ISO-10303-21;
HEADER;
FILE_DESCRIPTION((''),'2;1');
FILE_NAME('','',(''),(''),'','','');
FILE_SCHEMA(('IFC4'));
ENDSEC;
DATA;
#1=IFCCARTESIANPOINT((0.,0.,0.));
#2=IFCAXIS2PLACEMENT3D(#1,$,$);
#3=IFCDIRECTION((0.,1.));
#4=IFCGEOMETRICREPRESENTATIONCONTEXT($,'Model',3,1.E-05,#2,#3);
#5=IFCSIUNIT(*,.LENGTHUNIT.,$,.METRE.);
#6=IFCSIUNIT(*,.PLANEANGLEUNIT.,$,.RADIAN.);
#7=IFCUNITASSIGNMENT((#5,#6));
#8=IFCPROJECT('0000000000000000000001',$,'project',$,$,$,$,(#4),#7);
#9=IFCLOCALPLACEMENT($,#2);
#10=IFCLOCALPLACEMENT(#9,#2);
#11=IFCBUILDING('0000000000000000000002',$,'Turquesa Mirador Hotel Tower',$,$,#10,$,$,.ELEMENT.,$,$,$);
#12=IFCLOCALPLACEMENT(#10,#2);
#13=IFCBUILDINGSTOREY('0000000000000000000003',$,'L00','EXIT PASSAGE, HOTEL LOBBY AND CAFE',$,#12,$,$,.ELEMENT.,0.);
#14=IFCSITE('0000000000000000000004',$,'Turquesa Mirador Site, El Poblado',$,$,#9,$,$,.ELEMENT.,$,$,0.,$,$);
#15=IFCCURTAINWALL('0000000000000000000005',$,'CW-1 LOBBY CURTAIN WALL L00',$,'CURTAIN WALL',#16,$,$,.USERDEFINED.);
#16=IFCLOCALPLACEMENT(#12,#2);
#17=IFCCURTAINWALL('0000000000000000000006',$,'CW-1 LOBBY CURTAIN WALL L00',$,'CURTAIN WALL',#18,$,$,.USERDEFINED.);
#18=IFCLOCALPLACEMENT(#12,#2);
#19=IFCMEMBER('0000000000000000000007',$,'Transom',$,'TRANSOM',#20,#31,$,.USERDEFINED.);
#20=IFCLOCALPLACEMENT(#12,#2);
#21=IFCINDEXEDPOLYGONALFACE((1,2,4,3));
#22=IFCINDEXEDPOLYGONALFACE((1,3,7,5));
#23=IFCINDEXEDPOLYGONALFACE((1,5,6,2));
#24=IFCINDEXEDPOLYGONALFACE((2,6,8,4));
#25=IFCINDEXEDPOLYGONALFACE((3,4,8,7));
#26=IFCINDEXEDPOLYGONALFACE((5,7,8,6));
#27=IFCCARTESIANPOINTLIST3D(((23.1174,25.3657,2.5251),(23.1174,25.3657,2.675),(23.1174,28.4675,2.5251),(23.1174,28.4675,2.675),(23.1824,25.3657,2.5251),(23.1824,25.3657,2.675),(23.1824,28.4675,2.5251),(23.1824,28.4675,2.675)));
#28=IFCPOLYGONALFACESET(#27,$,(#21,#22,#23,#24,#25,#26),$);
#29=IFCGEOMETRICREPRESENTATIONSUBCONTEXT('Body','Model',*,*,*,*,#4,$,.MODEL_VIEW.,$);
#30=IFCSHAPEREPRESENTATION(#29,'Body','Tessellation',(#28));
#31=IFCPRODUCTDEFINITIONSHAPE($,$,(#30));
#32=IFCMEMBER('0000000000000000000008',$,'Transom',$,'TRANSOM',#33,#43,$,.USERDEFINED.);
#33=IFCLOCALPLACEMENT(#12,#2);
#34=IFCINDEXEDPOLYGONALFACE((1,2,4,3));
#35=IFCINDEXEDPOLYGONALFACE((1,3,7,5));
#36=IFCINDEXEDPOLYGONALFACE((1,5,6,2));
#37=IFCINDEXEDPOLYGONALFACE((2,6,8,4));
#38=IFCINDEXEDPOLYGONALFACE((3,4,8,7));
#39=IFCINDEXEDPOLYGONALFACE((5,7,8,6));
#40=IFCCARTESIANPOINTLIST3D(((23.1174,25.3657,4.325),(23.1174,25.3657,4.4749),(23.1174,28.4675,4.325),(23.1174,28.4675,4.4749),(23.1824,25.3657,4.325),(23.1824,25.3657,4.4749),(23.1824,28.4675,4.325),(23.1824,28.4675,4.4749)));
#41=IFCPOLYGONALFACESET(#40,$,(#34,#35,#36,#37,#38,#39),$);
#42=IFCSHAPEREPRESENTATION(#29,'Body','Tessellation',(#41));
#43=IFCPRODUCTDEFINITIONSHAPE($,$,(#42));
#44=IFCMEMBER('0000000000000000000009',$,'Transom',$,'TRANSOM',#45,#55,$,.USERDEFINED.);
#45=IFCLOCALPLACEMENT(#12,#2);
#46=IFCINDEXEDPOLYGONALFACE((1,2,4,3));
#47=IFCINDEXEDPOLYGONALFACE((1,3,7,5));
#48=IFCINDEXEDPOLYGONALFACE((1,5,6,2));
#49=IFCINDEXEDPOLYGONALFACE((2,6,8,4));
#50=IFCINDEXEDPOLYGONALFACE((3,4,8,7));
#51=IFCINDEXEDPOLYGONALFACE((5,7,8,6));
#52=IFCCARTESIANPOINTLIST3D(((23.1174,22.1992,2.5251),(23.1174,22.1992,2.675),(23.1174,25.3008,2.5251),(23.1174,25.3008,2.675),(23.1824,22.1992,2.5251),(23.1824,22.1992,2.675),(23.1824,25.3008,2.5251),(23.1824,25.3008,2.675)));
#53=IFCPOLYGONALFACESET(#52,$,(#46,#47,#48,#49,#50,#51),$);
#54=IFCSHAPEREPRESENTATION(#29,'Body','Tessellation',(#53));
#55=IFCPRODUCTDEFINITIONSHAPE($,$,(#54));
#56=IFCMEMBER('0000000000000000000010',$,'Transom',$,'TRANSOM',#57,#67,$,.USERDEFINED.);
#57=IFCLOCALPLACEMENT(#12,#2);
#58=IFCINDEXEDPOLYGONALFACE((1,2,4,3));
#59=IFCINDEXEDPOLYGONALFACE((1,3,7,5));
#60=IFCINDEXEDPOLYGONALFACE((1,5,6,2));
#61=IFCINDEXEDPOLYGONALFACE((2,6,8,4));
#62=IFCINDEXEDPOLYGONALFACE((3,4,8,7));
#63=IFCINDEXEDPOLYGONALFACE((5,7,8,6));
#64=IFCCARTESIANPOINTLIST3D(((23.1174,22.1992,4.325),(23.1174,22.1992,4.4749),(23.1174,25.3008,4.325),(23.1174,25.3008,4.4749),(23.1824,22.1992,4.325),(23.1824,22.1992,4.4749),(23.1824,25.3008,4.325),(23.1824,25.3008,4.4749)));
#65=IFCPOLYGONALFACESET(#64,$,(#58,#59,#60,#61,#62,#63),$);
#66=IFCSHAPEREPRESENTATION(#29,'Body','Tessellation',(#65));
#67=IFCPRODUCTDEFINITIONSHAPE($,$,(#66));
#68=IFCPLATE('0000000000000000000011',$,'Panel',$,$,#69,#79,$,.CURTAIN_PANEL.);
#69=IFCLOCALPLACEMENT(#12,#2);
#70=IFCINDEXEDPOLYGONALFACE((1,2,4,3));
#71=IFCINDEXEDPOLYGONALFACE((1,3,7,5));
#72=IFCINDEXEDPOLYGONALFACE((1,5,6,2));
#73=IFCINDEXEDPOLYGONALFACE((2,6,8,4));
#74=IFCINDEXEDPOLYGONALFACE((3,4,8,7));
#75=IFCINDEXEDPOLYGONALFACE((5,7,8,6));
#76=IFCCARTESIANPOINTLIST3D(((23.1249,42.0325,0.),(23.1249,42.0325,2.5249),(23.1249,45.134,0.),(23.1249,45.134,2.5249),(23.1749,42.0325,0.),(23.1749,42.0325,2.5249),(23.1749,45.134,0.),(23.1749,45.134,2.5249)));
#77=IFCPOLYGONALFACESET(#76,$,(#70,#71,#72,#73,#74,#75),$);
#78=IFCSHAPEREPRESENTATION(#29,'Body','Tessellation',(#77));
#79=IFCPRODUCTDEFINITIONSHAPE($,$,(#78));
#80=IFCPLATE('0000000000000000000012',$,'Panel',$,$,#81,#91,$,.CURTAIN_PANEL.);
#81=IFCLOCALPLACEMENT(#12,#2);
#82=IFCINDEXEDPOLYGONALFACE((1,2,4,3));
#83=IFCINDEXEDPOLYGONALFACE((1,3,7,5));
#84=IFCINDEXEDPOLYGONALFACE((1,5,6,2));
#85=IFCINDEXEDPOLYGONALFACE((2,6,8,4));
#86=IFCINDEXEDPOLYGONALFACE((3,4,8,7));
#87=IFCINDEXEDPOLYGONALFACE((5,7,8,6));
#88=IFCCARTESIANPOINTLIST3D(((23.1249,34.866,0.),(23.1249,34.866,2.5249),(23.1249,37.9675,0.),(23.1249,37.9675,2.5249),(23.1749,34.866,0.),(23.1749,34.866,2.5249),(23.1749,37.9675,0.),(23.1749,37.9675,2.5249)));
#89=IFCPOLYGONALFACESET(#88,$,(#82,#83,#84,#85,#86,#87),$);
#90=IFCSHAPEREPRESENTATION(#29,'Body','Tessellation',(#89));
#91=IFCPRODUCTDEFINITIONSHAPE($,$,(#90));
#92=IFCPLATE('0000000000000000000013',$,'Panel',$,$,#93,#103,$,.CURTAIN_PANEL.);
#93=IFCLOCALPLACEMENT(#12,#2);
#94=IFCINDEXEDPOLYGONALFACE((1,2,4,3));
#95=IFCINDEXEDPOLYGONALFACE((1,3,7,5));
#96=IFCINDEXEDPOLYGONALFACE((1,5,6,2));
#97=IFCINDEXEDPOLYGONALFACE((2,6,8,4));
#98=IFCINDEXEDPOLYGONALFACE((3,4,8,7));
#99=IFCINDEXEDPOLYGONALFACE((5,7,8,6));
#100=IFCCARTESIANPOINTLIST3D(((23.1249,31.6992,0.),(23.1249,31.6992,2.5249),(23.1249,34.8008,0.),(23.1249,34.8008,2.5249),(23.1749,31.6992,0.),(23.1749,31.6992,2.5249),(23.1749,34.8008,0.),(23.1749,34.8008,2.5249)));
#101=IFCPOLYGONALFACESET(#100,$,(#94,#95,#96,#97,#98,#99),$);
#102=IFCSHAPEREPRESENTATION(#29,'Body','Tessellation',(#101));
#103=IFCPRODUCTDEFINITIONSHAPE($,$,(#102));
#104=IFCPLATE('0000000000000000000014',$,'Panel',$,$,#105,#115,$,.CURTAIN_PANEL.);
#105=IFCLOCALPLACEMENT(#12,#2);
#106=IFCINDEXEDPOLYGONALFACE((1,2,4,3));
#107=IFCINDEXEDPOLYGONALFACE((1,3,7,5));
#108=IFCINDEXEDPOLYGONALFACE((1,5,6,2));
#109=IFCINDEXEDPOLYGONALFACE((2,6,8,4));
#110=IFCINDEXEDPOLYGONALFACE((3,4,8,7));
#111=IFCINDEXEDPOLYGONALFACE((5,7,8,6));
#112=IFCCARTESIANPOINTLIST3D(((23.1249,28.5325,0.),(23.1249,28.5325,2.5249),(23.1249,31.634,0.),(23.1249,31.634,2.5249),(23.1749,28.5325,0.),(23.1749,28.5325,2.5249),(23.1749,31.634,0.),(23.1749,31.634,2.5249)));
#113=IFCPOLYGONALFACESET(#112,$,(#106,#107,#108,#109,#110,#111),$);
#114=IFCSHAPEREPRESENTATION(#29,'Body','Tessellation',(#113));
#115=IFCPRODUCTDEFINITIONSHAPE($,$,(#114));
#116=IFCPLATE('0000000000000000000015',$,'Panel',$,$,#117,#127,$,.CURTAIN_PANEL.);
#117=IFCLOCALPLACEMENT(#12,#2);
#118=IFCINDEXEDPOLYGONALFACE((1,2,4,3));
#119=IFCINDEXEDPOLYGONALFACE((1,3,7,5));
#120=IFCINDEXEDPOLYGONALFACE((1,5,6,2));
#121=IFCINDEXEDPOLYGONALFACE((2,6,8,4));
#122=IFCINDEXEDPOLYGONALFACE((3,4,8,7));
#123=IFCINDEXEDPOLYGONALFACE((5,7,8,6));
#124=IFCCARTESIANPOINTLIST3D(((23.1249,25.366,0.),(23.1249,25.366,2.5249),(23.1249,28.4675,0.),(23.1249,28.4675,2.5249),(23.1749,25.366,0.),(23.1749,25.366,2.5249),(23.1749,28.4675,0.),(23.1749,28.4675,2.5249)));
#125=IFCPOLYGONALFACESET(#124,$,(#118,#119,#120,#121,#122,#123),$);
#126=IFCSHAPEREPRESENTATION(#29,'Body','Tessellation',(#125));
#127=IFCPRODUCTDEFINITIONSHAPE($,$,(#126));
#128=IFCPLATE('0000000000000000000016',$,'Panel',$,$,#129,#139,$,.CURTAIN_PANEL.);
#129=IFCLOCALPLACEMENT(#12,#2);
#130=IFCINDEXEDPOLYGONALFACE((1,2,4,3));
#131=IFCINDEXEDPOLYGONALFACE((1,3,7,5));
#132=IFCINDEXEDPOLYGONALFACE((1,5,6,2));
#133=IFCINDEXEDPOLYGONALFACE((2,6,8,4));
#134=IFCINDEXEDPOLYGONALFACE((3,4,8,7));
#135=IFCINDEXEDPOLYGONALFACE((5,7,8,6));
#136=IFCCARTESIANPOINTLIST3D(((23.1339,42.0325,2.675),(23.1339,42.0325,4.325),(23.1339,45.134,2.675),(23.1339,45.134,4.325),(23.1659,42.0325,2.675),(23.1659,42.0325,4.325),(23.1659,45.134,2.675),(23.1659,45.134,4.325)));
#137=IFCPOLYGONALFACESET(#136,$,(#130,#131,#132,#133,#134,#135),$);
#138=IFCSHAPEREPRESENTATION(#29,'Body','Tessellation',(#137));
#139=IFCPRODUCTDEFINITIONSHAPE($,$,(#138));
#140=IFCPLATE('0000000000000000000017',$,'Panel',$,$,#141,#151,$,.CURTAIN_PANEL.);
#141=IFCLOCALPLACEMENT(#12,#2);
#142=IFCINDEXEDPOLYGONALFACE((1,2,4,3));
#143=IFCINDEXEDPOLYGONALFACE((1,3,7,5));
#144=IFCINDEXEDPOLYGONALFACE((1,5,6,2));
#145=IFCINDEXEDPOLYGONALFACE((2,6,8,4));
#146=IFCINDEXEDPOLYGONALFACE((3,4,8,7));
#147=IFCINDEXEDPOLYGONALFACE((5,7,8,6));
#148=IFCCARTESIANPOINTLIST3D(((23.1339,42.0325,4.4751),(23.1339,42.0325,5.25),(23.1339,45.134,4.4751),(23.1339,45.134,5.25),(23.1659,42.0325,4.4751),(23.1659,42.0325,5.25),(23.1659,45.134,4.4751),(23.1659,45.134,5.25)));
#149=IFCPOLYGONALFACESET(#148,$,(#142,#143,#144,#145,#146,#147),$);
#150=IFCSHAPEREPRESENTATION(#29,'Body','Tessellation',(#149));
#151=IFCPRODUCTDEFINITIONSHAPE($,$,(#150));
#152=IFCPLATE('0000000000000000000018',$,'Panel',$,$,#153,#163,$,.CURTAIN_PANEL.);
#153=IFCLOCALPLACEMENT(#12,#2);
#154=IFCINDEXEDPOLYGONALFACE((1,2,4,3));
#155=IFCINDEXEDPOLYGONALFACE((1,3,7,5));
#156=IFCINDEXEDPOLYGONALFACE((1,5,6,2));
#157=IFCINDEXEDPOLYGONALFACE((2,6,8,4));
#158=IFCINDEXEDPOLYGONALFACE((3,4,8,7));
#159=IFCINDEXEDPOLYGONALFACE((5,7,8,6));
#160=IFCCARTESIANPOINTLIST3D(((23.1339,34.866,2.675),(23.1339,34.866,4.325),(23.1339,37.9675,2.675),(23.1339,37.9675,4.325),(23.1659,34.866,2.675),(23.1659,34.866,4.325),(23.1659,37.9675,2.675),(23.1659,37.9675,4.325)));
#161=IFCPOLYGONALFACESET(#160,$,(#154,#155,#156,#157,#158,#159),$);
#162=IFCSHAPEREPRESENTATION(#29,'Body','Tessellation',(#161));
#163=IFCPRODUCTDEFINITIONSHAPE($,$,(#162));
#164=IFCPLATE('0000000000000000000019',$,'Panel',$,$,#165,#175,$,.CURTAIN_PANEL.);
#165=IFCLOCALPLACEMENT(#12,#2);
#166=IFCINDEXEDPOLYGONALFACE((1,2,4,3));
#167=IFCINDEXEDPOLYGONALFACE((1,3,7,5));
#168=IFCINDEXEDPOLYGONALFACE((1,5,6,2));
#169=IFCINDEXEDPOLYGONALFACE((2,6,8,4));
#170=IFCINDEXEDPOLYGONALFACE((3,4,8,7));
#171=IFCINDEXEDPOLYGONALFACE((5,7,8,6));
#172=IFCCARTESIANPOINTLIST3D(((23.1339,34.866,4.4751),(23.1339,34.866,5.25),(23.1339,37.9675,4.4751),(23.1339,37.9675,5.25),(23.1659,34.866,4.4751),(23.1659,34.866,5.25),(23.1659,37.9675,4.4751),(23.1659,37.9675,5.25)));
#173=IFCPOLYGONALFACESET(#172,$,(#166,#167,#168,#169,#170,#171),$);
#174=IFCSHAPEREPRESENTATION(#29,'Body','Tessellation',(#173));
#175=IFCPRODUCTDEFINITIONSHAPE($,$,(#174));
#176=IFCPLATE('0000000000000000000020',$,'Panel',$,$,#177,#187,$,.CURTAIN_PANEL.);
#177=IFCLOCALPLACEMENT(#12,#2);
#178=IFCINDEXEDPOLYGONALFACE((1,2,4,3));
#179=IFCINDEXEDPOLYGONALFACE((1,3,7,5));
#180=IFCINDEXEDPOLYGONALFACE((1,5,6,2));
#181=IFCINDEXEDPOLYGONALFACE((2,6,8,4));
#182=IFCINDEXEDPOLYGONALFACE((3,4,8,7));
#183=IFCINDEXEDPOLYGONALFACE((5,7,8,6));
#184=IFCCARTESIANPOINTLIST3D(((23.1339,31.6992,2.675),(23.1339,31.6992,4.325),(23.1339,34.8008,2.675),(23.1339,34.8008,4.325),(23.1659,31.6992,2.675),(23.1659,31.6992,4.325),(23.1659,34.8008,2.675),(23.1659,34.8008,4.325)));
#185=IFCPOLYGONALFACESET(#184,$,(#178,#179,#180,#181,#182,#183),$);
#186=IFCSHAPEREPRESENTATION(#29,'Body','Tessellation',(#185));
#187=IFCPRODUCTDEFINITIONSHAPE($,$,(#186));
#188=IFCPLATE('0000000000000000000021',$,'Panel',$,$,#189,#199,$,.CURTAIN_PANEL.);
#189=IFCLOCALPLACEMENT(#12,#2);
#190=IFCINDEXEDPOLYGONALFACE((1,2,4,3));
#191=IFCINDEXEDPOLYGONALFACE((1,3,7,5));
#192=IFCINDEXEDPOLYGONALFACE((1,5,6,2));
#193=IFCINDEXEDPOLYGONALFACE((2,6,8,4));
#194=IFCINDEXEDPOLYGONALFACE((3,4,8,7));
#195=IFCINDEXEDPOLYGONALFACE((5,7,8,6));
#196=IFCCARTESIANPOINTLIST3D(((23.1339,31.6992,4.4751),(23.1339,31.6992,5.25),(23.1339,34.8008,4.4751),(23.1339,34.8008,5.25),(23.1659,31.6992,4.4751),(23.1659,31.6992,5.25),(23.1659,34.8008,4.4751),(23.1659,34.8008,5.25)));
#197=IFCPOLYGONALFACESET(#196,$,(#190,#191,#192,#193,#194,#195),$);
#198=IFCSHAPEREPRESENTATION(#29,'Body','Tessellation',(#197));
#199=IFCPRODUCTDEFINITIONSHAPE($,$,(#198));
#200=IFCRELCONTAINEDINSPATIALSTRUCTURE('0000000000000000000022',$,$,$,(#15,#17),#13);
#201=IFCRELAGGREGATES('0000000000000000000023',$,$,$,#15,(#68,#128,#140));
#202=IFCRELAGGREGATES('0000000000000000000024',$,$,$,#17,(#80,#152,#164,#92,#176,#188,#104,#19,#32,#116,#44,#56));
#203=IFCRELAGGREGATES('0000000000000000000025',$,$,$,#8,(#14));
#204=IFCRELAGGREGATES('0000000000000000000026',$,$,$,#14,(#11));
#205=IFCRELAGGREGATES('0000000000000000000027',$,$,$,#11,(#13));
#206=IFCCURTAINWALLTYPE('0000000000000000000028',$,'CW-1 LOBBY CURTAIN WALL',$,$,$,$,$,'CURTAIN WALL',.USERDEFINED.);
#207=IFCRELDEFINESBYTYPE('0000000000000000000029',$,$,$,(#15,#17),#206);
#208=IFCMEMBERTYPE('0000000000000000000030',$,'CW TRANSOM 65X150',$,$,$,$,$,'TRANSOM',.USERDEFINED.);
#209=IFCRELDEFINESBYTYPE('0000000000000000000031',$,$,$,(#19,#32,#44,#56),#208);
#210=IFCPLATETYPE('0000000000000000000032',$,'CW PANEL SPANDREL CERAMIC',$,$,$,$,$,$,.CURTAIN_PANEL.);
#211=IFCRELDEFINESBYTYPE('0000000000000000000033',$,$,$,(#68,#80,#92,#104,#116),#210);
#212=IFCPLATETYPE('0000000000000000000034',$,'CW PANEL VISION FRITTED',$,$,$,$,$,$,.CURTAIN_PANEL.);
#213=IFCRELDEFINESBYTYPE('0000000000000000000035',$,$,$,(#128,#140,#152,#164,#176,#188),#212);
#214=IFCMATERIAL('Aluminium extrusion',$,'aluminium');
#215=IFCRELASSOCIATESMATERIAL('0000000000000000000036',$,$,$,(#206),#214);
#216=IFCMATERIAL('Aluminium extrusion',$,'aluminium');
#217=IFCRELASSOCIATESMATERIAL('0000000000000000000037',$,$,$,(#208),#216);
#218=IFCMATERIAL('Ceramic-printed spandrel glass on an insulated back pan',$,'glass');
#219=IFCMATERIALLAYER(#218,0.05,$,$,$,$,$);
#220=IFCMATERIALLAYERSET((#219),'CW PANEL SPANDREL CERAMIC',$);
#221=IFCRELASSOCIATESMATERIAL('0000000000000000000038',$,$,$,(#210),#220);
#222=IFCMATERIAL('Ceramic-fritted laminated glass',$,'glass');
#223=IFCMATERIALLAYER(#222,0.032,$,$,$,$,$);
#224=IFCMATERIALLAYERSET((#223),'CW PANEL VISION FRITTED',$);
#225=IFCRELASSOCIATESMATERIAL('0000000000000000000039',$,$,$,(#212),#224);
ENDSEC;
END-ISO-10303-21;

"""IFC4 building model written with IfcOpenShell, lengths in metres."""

from ifc_helpers import new_model, si_unit, direction, frame, origin, origin_2d, place, context, subcontext, project, spatial, rectangle, extrude, material, layer, layer_set, material_profile, profile_set, type_object, element, aggregate, save


model = new_model("IFC4")

# Units and contexts
model_context = context("Model", 3, precision=1e-05, world=origin(), true_north=direction((0.0, 1.0)))
body_context = subcontext(model_context, "Body", "Model", "MODEL_VIEW")
ifc_project = project(units=[si_unit("LENGTHUNIT", "METRE"), si_unit("PLANEANGLEUNIT", "RADIAN")], contexts=[model_context])

# Site, building, storey
site_placement = place(None, origin())
site = spatial("IfcSite", under=ifc_project, at=site_placement, Name="Turquesa Mirador Site, El Poblado", CompositionType="ELEMENT", RefElevation=0.0)
building_placement = place(site_placement, origin())
building = spatial("IfcBuilding", under=site, at=building_placement, Name="Turquesa Mirador Hotel Tower", CompositionType="ELEMENT")
storey_placement = place(building_placement, origin())
storey = spatial("IfcBuildingStorey", under=building, at=storey_placement, Name="L00", Description="EXIT PASSAGE, HOTEL LOBBY AND CAFE", CompositionType="ELEMENT", Elevation=0.0)

# Curtain wall
ifc_material_1 = material(Name="Aluminium extrusion", Category="aluminium")
curtain_wall_type = type_object("IfcCurtainWallType", Name="CW-1 LOBBY CURTAIN WALL", ElementType="CURTAIN WALL", PredefinedType="USERDEFINED", material=ifc_material_1)
curtain_wall_1_placement = place(storey_placement, origin())
curtain_wall_1 = element("IfcCurtainWall", 1, at=curtain_wall_1_placement, inside=storey, type_object=curtain_wall_type, Name="CW-1 LOBBY CURTAIN WALL L00", ObjectType="CURTAIN WALL", PredefinedType="USERDEFINED")

# Curtain wall, members
curtain_wall_2_placement = place(storey_placement, origin())
curtain_wall_2 = element("IfcCurtainWall", 2, at=curtain_wall_2_placement, inside=storey, type_object=curtain_wall_type, Name="CW-1 LOBBY CURTAIN WALL L00", ObjectType="CURTAIN WALL", PredefinedType="USERDEFINED")
ifc_material_2 = material(Name="Aluminium extrusion", Category="aluminium")
ifc_material_profile_1 = material_profile(ifc_material_2, rectangle(XDim=0.0649, YDim=0.1499, at=origin_2d()), Name="TRANSOM 65X150")
ifc_profile_set_1 = profile_set([ifc_material_profile_1], Name="Aluminium extrusion")
member_type_1 = type_object("IfcMemberType", Name="CW TRANSOM 65X150", ElementType="TRANSOM", PredefinedType="USERDEFINED", material=ifc_profile_set_1)
member_1_placement = place(storey_placement, frame((23.1499, 28.4675, 2.6001), z_axis=(0.0, -1.0, 0.0), x_axis=(1.0, 0.0, 0.0)))
member_1 = element("IfcMember", 3, at=member_1_placement, type_object=member_type_1, Name="Transom", ObjectType="TRANSOM", PredefinedType="USERDEFINED", context=body_context, shape_type="SweptSolid", body=[
    extrude(rectangle(XDim=0.0649, YDim=0.1499, at=origin_2d()), origin(), (0.0, 0.0, 1.0), 3.1018),
])
member_2_placement = place(storey_placement, frame((23.1499, 28.4675, 4.3999), z_axis=(0.0, -1.0, 0.0), x_axis=(1.0, 0.0, 0.0)))
member_2 = element("IfcMember", 4, at=member_2_placement, type_object=member_type_1, Name="Transom", ObjectType="TRANSOM", PredefinedType="USERDEFINED", context=body_context, shape_type="SweptSolid", body=[
    extrude(rectangle(XDim=0.0649, YDim=0.1499, at=origin_2d()), origin(), (0.0, 0.0, 1.0), 3.1018),
])
member_3_placement = place(storey_placement, frame((23.1499, 25.3008, 2.6001), z_axis=(0.0, -1.0, 0.0), x_axis=(1.0, 0.0, 0.0)))
member_3 = element("IfcMember", 5, at=member_3_placement, type_object=member_type_1, Name="Transom", ObjectType="TRANSOM", PredefinedType="USERDEFINED", context=body_context, shape_type="SweptSolid", body=[
    extrude(rectangle(XDim=0.0649, YDim=0.1499, at=origin_2d()), origin(), (0.0, 0.0, 1.0), 3.1016),
])
member_4_placement = place(storey_placement, frame((23.1499, 25.3008, 4.3999), z_axis=(0.0, -1.0, 0.0), x_axis=(1.0, 0.0, 0.0)))
member_4 = element("IfcMember", 6, at=member_4_placement, type_object=member_type_1, Name="Transom", ObjectType="TRANSOM", PredefinedType="USERDEFINED", context=body_context, shape_type="SweptSolid", body=[
    extrude(rectangle(XDim=0.0649, YDim=0.1499, at=origin_2d()), origin(), (0.0, 0.0, 1.0), 3.1016),
])

# Plates
ifc_material_3 = material(Name="Ceramic-printed spandrel glass on an insulated back pan", Category="glass")
ifc_layer_1 = layer(ifc_material_3, 0.05)
ifc_layer_set_1 = layer_set([ifc_layer_1], Name="CW PANEL SPANDREL CERAMIC")
plate_type_1 = type_object("IfcPlateType", Name="CW PANEL SPANDREL CERAMIC", PredefinedType="CURTAIN_PANEL", material=ifc_layer_set_1)
plate_1_placement = place(storey_placement, frame((23.1499, 43.5833, 0.0), z_axis=(0.0, 0.0, 1.0), x_axis=(0.0, -1.0, 0.0)))
plate_1 = element("IfcPlate", 7, at=plate_1_placement, type_object=plate_type_1, Name="Panel", PredefinedType="CURTAIN_PANEL", context=body_context, shape_type="SweptSolid", body=[
    extrude(rectangle(XDim=3.1016, YDim=0.05, at=origin_2d()), origin(), (0.0, 0.0, 1.0), 2.5249),
])
plate_2_placement = place(storey_placement, frame((23.1499, 36.4167, 0.0), z_axis=(0.0, 0.0, 1.0), x_axis=(0.0, -1.0, 0.0)))
plate_2 = element("IfcPlate", 8, at=plate_2_placement, type_object=plate_type_1, Name="Panel", PredefinedType="CURTAIN_PANEL", context=body_context, shape_type="SweptSolid", body=[
    extrude(rectangle(XDim=3.1016, YDim=0.05, at=origin_2d()), origin(), (0.0, 0.0, 1.0), 2.5249),
])
plate_3_placement = place(storey_placement, frame((23.1499, 33.25, 0.0), z_axis=(0.0, 0.0, 1.0), x_axis=(0.0, -1.0, 0.0)))
plate_3 = element("IfcPlate", 9, at=plate_3_placement, type_object=plate_type_1, Name="Panel", PredefinedType="CURTAIN_PANEL", context=body_context, shape_type="SweptSolid", body=[
    extrude(rectangle(XDim=3.1016, YDim=0.05, at=origin_2d()), origin(), (0.0, 0.0, 1.0), 2.5249),
])
plate_4_placement = place(storey_placement, frame((23.1499, 30.0833, 0.0), z_axis=(0.0, 0.0, 1.0), x_axis=(0.0, -1.0, 0.0)))
plate_4 = element("IfcPlate", 10, at=plate_4_placement, type_object=plate_type_1, Name="Panel", PredefinedType="CURTAIN_PANEL", context=body_context, shape_type="SweptSolid", body=[
    extrude(rectangle(XDim=3.1016, YDim=0.05, at=origin_2d()), origin(), (0.0, 0.0, 1.0), 2.5249),
])
plate_5_placement = place(storey_placement, frame((23.1499, 26.9167, 0.0), z_axis=(0.0, 0.0, 1.0), x_axis=(0.0, -1.0, 0.0)))
plate_5 = element("IfcPlate", 11, at=plate_5_placement, type_object=plate_type_1, Name="Panel", PredefinedType="CURTAIN_PANEL", context=body_context, shape_type="SweptSolid", body=[
    extrude(rectangle(XDim=3.1016, YDim=0.05, at=origin_2d()), origin(), (0.0, 0.0, 1.0), 2.5249),
])
ifc_material_4 = material(Name="Ceramic-fritted laminated glass", Category="glass")
ifc_layer_2 = layer(ifc_material_4, 0.032)
ifc_layer_set_2 = layer_set([ifc_layer_2], Name="CW PANEL VISION FRITTED")
plate_type_2 = type_object("IfcPlateType", Name="CW PANEL VISION FRITTED", PredefinedType="CURTAIN_PANEL", material=ifc_layer_set_2)
plate_6_placement = place(storey_placement, frame((23.1499, 43.5833, 2.675), z_axis=(0.0, 0.0, 1.0), x_axis=(0.0, -1.0, 0.0)))
plate_6 = element("IfcPlate", 12, at=plate_6_placement, type_object=plate_type_2, Name="Panel", PredefinedType="CURTAIN_PANEL", context=body_context, shape_type="SweptSolid", body=[
    extrude(rectangle(XDim=3.1016, YDim=0.032, at=origin_2d()), origin(), (0.0, 0.0, 1.0), 1.6499),
])
plate_7_placement = place(storey_placement, frame((23.1499, 43.5833, 4.4751), z_axis=(0.0, 0.0, 1.0), x_axis=(0.0, -1.0, 0.0)))
plate_7 = element("IfcPlate", 13, at=plate_7_placement, type_object=plate_type_2, Name="Panel", PredefinedType="CURTAIN_PANEL", context=body_context, shape_type="SweptSolid", body=[
    extrude(rectangle(XDim=3.1016, YDim=0.032, at=origin_2d()), origin(), (0.0, 0.0, 1.0), 0.7749),
])
aggregate(curtain_wall_1, [plate_1, plate_6, plate_7])
plate_8_placement = place(storey_placement, frame((23.1499, 36.4167, 2.675), z_axis=(0.0, 0.0, 1.0), x_axis=(0.0, -1.0, 0.0)))
plate_8 = element("IfcPlate", 14, at=plate_8_placement, type_object=plate_type_2, Name="Panel", PredefinedType="CURTAIN_PANEL", context=body_context, shape_type="SweptSolid", body=[
    extrude(rectangle(XDim=3.1016, YDim=0.032, at=origin_2d()), origin(), (0.0, 0.0, 1.0), 1.6499),
])
plate_9_placement = place(storey_placement, frame((23.1499, 36.4167, 4.4751), z_axis=(0.0, 0.0, 1.0), x_axis=(0.0, -1.0, 0.0)))
plate_9 = element("IfcPlate", 15, at=plate_9_placement, type_object=plate_type_2, Name="Panel", PredefinedType="CURTAIN_PANEL", context=body_context, shape_type="SweptSolid", body=[
    extrude(rectangle(XDim=3.1016, YDim=0.032, at=origin_2d()), origin(), (0.0, 0.0, 1.0), 0.7749),
])
plate_10_placement = place(storey_placement, frame((23.1499, 33.25, 2.675), z_axis=(0.0, 0.0, 1.0), x_axis=(0.0, -1.0, 0.0)))
plate_10 = element("IfcPlate", 16, at=plate_10_placement, type_object=plate_type_2, Name="Panel", PredefinedType="CURTAIN_PANEL", context=body_context, shape_type="SweptSolid", body=[
    extrude(rectangle(XDim=3.1016, YDim=0.032, at=origin_2d()), origin(), (0.0, 0.0, 1.0), 1.6499),
])
plate_11_placement = place(storey_placement, frame((23.1499, 33.25, 4.4751), z_axis=(0.0, 0.0, 1.0), x_axis=(0.0, -1.0, 0.0)))
plate_11 = element("IfcPlate", 17, at=plate_11_placement, type_object=plate_type_2, Name="Panel", PredefinedType="CURTAIN_PANEL", context=body_context, shape_type="SweptSolid", body=[
    extrude(rectangle(XDim=3.1016, YDim=0.032, at=origin_2d()), origin(), (0.0, 0.0, 1.0), 0.7749),
])
aggregate(curtain_wall_2, [plate_2, plate_8, plate_9, plate_3, plate_10, plate_11, plate_4, member_1, member_2, plate_5, member_3, member_4])

save(model, "model.ifc")
